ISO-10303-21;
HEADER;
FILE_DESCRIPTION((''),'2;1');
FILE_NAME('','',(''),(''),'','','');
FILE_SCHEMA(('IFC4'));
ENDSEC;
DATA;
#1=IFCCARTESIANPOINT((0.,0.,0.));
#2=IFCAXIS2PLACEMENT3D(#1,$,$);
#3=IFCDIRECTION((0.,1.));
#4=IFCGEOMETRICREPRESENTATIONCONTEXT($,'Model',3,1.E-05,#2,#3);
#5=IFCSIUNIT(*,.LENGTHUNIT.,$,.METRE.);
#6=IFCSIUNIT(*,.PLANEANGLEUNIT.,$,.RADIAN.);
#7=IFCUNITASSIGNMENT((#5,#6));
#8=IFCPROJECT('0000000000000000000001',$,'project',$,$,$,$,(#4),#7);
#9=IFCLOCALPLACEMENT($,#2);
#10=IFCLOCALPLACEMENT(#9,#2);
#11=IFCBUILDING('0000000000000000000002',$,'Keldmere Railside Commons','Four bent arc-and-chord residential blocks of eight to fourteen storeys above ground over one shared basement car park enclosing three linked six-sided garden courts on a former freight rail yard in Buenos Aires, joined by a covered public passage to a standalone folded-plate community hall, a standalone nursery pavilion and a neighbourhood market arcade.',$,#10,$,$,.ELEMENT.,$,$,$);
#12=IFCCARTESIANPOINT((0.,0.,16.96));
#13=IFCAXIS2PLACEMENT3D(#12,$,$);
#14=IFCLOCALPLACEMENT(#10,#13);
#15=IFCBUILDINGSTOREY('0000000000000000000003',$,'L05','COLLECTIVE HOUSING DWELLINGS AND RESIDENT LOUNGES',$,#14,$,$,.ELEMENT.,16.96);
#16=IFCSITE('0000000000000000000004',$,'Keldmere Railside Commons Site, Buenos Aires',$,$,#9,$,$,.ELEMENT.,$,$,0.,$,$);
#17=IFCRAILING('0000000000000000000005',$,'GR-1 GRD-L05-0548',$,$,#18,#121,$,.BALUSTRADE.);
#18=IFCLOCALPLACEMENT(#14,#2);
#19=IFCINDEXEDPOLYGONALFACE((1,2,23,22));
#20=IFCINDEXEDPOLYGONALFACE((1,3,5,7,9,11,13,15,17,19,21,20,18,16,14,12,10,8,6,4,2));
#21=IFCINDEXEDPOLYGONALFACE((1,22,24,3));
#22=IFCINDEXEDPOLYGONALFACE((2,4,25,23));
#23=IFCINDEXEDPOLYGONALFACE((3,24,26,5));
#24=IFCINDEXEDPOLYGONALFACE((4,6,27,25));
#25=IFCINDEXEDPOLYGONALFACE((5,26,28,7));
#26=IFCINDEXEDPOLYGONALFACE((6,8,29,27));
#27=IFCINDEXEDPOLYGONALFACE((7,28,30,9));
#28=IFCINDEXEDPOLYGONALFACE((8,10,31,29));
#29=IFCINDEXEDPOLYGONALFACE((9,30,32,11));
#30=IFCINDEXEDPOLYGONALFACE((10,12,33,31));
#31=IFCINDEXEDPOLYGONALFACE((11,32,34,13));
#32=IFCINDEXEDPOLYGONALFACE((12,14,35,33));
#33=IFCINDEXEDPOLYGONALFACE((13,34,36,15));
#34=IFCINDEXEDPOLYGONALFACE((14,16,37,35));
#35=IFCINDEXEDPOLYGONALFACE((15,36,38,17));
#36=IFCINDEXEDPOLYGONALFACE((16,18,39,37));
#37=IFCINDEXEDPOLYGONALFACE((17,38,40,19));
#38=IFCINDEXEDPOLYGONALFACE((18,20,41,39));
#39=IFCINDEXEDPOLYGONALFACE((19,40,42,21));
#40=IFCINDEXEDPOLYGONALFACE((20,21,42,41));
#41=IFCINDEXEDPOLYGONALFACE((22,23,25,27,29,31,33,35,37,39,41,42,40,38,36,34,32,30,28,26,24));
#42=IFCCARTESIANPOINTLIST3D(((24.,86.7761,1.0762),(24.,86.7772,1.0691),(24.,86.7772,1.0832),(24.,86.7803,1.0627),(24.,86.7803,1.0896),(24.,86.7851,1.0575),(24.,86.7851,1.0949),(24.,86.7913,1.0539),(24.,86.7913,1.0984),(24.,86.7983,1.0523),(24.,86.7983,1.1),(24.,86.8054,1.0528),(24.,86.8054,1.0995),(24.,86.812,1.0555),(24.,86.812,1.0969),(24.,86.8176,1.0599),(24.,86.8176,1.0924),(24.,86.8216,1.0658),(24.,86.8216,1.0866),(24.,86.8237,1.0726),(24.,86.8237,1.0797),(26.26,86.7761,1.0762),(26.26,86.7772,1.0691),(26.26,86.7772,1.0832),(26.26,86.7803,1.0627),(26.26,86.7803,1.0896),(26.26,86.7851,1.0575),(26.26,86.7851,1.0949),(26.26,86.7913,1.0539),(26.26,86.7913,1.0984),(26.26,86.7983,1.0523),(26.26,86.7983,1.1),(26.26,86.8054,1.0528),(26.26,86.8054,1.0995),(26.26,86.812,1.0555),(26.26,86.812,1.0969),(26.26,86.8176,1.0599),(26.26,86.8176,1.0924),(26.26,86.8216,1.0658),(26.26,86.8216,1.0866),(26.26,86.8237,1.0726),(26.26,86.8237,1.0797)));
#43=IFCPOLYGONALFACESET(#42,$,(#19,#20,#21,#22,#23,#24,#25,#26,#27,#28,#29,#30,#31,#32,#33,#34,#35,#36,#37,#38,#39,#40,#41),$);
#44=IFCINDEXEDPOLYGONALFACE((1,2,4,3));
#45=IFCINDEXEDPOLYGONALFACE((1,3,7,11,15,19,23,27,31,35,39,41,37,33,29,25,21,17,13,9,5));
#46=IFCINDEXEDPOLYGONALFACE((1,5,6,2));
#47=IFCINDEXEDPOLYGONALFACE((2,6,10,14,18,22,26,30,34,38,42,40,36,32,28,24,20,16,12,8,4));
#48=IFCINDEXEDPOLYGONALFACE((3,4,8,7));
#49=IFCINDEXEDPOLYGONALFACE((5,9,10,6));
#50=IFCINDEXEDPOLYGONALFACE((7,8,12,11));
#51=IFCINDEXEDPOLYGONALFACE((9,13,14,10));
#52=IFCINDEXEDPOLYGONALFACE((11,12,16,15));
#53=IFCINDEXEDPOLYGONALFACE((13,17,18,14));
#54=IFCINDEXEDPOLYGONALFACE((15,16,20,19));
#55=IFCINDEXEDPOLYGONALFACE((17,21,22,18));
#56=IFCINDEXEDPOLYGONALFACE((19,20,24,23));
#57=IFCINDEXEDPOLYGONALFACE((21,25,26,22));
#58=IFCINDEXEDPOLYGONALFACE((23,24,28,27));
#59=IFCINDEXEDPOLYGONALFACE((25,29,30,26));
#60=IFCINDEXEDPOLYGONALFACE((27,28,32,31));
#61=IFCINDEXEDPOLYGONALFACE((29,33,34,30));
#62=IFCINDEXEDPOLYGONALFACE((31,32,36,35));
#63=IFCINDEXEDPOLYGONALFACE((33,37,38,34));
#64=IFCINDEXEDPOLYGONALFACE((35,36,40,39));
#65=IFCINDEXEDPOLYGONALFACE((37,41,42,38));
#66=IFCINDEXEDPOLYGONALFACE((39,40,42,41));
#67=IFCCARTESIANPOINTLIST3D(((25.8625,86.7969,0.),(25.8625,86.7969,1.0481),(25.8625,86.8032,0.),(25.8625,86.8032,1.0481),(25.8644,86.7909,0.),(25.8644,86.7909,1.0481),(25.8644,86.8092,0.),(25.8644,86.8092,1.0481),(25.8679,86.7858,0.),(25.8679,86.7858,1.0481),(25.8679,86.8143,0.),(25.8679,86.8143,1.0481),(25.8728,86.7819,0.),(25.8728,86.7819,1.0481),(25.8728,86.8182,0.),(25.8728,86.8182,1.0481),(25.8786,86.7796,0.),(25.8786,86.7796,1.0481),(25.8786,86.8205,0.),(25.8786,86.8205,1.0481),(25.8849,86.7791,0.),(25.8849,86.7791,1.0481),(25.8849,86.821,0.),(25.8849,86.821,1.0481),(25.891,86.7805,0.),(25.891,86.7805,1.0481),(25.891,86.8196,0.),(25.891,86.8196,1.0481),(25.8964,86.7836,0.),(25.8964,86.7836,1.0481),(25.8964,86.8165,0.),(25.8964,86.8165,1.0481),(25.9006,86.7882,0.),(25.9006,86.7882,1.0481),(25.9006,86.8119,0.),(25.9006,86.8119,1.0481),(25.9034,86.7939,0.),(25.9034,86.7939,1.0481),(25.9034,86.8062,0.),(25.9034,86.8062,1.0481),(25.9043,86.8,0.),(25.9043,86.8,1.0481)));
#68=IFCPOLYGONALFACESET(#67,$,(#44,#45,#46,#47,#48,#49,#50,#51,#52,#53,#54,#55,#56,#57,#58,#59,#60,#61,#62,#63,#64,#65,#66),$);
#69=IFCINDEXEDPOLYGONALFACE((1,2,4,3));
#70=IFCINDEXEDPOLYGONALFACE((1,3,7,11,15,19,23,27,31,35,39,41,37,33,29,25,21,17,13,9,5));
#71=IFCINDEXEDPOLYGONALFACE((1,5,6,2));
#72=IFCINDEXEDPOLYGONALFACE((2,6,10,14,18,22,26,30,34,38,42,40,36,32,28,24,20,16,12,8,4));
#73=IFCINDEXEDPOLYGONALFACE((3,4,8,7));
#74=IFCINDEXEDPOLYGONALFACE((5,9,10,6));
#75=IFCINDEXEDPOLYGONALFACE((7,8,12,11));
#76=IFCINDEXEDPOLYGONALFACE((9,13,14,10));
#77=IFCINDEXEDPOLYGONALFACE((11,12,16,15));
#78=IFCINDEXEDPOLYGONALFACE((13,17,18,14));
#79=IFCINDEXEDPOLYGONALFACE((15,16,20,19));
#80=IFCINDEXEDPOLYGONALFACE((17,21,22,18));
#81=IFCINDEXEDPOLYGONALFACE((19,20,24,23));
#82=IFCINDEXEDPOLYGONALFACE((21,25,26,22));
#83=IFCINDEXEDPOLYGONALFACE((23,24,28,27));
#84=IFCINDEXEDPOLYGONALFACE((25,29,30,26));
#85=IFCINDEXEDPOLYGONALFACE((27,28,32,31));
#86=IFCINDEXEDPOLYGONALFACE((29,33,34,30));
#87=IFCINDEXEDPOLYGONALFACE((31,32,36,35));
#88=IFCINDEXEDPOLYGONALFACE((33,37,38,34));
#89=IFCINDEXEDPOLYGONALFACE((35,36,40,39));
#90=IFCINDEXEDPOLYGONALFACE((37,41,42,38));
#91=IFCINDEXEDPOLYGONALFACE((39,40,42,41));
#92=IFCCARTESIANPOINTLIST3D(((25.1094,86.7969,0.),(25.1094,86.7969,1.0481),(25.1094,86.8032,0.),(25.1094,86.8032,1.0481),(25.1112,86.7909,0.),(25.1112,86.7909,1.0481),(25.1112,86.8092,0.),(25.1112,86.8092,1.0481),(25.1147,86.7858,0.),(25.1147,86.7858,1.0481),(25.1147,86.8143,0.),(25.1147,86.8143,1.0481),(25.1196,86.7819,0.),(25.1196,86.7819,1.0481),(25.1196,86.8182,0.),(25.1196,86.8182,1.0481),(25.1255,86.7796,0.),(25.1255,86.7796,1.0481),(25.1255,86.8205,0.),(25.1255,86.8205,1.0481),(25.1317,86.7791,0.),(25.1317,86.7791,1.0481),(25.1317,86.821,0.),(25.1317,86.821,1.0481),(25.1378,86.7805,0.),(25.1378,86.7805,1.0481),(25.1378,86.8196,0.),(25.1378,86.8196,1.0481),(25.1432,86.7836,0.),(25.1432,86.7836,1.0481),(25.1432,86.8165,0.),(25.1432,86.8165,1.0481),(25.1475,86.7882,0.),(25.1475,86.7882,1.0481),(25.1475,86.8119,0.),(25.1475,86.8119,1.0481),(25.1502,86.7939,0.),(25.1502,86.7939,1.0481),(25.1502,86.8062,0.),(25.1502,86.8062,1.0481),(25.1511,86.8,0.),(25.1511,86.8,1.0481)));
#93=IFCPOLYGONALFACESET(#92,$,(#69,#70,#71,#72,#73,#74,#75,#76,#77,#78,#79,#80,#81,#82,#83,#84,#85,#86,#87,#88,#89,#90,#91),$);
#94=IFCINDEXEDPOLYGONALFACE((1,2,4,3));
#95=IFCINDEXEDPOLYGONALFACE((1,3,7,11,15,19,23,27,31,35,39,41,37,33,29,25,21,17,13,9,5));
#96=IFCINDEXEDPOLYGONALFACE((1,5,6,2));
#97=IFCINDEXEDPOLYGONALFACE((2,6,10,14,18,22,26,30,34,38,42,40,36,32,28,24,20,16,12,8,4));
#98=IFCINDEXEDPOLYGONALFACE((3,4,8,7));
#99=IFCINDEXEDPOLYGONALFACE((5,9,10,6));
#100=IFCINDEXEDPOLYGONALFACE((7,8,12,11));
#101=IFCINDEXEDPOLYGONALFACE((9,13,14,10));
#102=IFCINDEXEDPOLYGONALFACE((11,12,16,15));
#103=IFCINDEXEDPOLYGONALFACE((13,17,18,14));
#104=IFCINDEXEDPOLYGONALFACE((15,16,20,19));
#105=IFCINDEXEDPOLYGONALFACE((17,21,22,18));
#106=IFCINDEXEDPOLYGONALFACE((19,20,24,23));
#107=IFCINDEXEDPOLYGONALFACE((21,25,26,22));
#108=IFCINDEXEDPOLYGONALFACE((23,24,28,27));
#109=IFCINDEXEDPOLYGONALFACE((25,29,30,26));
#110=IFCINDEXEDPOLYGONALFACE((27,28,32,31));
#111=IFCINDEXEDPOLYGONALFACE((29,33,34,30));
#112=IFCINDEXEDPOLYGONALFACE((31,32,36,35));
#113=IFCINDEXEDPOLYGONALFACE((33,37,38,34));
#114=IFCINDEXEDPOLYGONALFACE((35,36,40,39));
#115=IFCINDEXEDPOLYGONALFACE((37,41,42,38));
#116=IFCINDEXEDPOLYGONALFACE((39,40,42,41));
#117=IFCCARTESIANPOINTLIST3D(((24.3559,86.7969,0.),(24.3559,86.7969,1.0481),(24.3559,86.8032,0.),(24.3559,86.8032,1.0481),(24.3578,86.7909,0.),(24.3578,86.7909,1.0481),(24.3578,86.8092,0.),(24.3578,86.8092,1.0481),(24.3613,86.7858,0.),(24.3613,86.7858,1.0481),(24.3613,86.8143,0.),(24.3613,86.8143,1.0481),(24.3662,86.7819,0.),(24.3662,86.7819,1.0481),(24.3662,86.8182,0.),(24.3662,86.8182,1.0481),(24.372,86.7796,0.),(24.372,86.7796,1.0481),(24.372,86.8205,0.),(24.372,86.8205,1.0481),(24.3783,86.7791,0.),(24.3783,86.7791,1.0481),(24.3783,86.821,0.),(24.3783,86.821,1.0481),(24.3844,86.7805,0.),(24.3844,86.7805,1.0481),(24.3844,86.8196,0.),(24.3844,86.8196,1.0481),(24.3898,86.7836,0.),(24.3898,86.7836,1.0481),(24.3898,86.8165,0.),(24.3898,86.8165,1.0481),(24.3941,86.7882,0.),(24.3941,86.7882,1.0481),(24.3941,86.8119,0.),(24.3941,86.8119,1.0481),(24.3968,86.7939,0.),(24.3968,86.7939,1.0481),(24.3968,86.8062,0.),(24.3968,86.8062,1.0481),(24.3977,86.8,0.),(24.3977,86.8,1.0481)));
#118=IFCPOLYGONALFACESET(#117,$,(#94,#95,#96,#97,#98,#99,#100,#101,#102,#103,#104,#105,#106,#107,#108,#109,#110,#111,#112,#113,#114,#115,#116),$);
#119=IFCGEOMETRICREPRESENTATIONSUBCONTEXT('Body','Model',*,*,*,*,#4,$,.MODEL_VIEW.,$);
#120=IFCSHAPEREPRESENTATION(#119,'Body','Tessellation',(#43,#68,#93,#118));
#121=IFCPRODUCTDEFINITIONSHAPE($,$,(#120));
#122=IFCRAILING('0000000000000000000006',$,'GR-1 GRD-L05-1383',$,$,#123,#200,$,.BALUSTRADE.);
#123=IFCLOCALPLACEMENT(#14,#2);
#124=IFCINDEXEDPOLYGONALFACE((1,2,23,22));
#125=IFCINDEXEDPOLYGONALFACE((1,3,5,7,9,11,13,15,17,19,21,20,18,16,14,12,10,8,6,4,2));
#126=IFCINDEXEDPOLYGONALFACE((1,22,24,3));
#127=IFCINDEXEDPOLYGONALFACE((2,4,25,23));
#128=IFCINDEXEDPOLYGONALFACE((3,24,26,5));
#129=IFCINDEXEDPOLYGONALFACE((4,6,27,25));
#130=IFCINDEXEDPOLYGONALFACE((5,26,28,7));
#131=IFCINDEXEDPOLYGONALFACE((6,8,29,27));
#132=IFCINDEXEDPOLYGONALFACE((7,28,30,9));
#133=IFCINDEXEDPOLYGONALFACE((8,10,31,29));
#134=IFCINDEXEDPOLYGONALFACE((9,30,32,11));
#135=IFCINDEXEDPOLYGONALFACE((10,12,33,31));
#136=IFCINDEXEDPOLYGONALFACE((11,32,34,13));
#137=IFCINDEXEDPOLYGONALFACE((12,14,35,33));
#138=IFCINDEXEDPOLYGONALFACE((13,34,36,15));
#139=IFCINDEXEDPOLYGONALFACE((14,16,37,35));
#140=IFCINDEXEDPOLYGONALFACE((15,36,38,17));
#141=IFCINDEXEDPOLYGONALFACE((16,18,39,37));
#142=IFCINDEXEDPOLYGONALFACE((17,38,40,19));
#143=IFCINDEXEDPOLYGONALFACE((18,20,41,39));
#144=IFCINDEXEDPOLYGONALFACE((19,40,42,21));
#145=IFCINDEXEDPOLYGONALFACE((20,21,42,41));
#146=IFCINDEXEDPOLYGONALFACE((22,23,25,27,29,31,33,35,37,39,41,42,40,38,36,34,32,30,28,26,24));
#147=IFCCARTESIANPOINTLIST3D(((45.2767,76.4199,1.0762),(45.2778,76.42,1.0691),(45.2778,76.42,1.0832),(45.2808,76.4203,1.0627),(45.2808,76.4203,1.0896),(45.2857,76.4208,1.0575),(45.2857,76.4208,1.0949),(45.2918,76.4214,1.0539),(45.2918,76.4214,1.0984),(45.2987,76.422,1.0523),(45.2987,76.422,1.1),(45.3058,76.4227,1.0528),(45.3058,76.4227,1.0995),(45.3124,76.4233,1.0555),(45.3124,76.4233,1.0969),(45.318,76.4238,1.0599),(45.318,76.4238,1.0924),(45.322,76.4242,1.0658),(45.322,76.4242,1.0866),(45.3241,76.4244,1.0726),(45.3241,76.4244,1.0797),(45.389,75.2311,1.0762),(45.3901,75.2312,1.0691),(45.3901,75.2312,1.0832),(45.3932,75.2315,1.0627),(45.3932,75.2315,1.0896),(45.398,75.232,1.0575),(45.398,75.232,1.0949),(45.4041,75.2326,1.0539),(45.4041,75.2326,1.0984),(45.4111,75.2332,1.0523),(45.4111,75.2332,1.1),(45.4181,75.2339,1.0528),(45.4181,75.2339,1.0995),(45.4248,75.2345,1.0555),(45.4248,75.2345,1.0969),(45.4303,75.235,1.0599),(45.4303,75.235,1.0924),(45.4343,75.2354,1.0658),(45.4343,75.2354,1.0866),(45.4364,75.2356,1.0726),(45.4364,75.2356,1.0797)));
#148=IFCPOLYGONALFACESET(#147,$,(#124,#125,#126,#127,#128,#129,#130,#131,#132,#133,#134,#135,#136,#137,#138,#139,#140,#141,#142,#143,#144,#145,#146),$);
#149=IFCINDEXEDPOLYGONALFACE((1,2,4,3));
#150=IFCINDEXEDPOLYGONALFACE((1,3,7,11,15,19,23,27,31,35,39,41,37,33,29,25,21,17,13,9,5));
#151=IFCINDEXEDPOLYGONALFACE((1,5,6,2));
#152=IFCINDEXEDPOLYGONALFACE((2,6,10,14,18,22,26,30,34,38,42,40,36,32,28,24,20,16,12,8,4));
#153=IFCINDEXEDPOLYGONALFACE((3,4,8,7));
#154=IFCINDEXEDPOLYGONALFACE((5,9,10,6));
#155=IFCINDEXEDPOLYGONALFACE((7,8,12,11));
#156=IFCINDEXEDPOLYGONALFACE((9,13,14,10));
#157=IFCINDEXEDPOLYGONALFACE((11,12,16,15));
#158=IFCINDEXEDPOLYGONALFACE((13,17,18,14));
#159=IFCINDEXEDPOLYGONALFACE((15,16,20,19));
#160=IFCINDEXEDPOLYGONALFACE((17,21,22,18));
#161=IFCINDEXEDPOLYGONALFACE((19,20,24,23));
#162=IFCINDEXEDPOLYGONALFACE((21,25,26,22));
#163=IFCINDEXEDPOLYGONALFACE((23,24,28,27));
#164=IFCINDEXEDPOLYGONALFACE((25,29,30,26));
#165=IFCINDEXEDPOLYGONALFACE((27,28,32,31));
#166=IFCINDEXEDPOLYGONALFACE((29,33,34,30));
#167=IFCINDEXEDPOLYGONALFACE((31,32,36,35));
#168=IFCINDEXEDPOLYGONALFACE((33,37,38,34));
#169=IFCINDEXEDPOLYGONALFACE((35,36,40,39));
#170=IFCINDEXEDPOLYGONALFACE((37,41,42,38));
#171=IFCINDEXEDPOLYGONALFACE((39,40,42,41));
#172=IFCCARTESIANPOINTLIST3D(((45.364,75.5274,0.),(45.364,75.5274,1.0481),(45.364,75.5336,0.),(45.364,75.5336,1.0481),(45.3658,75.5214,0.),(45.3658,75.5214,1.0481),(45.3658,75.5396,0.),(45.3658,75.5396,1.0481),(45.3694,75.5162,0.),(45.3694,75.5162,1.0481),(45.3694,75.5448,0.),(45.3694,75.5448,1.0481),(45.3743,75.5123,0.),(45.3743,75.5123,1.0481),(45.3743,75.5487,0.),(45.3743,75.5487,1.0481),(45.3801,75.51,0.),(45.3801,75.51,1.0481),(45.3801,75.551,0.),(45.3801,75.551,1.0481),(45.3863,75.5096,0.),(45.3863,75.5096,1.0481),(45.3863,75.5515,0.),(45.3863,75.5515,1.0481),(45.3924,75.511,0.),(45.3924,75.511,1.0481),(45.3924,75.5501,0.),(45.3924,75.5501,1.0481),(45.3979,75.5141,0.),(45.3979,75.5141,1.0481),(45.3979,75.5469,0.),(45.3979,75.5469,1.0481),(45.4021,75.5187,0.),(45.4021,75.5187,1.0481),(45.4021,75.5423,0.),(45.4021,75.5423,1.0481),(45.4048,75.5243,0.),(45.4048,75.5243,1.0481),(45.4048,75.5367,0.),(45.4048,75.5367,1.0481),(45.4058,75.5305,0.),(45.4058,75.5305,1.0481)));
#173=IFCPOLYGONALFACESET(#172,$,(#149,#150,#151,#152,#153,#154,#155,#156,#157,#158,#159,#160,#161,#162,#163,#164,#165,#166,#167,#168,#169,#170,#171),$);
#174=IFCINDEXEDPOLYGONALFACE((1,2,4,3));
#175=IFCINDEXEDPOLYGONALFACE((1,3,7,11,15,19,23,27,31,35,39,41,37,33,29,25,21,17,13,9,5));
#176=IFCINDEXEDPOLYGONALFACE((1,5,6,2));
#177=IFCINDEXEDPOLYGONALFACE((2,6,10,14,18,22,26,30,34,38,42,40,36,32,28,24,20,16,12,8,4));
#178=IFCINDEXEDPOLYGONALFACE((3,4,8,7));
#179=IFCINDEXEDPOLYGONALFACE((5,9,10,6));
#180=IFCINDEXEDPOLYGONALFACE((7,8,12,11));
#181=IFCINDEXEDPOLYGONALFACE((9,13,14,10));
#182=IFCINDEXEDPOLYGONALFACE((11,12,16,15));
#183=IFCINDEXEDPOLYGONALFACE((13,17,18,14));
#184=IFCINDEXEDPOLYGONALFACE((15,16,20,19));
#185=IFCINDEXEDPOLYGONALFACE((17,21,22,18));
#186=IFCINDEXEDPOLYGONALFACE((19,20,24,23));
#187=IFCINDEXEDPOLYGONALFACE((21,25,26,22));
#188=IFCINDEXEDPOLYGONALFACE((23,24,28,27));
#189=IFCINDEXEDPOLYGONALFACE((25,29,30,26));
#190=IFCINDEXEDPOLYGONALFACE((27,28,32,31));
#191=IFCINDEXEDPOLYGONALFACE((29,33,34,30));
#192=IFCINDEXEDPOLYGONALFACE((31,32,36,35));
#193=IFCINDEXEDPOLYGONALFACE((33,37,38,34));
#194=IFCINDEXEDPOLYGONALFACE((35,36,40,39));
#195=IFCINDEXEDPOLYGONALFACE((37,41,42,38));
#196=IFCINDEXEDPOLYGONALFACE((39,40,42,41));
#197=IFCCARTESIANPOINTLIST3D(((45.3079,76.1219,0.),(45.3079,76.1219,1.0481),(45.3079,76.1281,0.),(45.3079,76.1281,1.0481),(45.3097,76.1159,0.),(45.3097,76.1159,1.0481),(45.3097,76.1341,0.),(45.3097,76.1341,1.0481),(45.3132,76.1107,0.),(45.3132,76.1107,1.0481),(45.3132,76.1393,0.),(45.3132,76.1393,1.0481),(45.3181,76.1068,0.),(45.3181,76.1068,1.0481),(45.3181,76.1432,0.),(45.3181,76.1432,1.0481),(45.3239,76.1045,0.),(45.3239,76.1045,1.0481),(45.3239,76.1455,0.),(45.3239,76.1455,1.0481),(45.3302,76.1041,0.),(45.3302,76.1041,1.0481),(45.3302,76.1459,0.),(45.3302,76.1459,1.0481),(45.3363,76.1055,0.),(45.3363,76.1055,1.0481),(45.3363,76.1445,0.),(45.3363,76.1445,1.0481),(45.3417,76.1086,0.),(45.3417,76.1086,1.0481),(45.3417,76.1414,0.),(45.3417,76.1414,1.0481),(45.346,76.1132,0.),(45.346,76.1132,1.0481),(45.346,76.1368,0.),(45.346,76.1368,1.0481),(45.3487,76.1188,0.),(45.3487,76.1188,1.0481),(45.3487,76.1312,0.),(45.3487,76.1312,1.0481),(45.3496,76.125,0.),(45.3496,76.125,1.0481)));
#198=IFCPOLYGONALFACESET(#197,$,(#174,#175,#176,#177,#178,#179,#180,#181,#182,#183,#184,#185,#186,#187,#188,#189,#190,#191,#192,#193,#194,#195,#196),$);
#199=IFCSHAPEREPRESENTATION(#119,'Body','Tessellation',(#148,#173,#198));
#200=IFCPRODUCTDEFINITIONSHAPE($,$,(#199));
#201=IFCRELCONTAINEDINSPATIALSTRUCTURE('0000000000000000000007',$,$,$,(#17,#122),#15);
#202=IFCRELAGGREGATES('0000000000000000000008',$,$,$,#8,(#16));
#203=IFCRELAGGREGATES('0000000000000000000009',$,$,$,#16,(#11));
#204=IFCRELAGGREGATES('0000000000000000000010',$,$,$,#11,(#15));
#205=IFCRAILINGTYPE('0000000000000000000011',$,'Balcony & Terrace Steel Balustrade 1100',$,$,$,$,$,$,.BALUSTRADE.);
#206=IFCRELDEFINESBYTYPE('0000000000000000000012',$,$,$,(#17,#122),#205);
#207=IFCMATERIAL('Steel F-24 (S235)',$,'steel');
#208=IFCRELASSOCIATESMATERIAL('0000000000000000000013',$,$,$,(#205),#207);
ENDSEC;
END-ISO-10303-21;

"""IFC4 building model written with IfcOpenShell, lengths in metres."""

from ifc_helpers import new_model, si_unit, direction, frame, origin, origin_2d, place, context, subcontext, project, spatial, circle, extrude, material, type_object, element, save


model = new_model("IFC4")

# Units and contexts
model_context = context("Model", 3, precision=1e-05, world=origin(), true_north=direction((0.0, 1.0)))
body_context = subcontext(model_context, "Body", "Model", "MODEL_VIEW")
ifc_project = project(units=[si_unit("LENGTHUNIT", "METRE"), si_unit("PLANEANGLEUNIT", "RADIAN")], contexts=[model_context])

# Site, building, storey
site_placement = place(None, origin())
site = spatial("IfcSite", under=ifc_project, at=site_placement, Name="Keldmere Railside Commons Site, Buenos Aires", CompositionType="ELEMENT", RefElevation=0.0)
building_placement = place(site_placement, origin())
building = spatial("IfcBuilding", under=site, at=building_placement, Name="Keldmere Railside Commons", Description="Four bent arc-and-chord residential blocks of eight to fourteen storeys above ground over one shared basement car park enclosing three linked six-sided garden courts on a former freight rail yard in Buenos Aires, joined by a covered public passage to a standalone folded-plate community hall, a standalone nursery pavilion and a neighbourhood market arcade.", CompositionType="ELEMENT")
storey_placement = place(building_placement, frame((0.0, 0.0, 16.96)))
storey = spatial("IfcBuildingStorey", under=building, at=storey_placement, Name="L05", Description="COLLECTIVE HOUSING DWELLINGS AND RESIDENT LOUNGES", CompositionType="ELEMENT", Elevation=16.96)

# Railings
ifc_material_1 = material(Name="Steel F-24 (S235)", Category="steel")
railing_type = type_object("IfcRailingType", Name="Balcony & Terrace Steel Balustrade 1100", PredefinedType="BALUSTRADE", material=ifc_material_1)
railing_1_placement = place(storey_placement, frame((26.26, 86.8, 0.0)))
element("IfcRailing", 1, at=railing_1_placement, inside=storey, type_object=railing_type, Name="GR-1 GRD-L05-0548", PredefinedType="BALUSTRADE", context=body_context, shape_type="SweptSolid", body=[
    extrude(circle(Radius=0.0239, at=origin_2d()), frame((0.0, 0.0, 1.0762), z_axis=(-1.0, 0.0, 0.0), x_axis=(0.0, -1.0, 0.0)), (0.0, 0.0, 1.0), 2.26),
    extrude(circle(Radius=0.021, at=origin_2d()), frame((-0.3767, 0.0, 0.0)), (0.0, 0.0, 1.0), 1.0481),
    extrude(circle(Radius=0.021, at=origin_2d()), frame((-1.1299, 0.0, 0.0)), (0.0, 0.0, 1.0), 1.0481),
    extrude(circle(Radius=0.021, at=origin_2d()), frame((-1.8833, 0.0, 0.0)), (0.0, 0.0, 1.0), 1.0481),
])
railing_2_placement = place(storey_placement, frame((45.4128, 75.2334, 0.0)))
element("IfcRailing", 2, at=railing_2_placement, inside=storey, type_object=railing_type, Name="GR-1 GRD-L05-1383", PredefinedType="BALUSTRADE", context=body_context, shape_type="SweptSolid", body=[
    extrude(circle(Radius=0.0239, at=origin_2d()), frame((0.0, 0.0, 1.0762), z_axis=(-0.094056, 0.995567, 0.0), x_axis=(-0.995567, -0.094056, 0.0)), (0.0, 0.0, 1.0), 1.1941),
    extrude(circle(Radius=0.021, at=origin_2d()), frame((-0.0281, 0.2971, 0.0)), (0.0, 0.0, 1.0), 1.0481),
    extrude(circle(Radius=0.021, at=origin_2d()), frame((-0.0842, 0.8916, 0.0)), (0.0, 0.0, 1.0), 1.0481),
])

save(model, "model.ifc")
